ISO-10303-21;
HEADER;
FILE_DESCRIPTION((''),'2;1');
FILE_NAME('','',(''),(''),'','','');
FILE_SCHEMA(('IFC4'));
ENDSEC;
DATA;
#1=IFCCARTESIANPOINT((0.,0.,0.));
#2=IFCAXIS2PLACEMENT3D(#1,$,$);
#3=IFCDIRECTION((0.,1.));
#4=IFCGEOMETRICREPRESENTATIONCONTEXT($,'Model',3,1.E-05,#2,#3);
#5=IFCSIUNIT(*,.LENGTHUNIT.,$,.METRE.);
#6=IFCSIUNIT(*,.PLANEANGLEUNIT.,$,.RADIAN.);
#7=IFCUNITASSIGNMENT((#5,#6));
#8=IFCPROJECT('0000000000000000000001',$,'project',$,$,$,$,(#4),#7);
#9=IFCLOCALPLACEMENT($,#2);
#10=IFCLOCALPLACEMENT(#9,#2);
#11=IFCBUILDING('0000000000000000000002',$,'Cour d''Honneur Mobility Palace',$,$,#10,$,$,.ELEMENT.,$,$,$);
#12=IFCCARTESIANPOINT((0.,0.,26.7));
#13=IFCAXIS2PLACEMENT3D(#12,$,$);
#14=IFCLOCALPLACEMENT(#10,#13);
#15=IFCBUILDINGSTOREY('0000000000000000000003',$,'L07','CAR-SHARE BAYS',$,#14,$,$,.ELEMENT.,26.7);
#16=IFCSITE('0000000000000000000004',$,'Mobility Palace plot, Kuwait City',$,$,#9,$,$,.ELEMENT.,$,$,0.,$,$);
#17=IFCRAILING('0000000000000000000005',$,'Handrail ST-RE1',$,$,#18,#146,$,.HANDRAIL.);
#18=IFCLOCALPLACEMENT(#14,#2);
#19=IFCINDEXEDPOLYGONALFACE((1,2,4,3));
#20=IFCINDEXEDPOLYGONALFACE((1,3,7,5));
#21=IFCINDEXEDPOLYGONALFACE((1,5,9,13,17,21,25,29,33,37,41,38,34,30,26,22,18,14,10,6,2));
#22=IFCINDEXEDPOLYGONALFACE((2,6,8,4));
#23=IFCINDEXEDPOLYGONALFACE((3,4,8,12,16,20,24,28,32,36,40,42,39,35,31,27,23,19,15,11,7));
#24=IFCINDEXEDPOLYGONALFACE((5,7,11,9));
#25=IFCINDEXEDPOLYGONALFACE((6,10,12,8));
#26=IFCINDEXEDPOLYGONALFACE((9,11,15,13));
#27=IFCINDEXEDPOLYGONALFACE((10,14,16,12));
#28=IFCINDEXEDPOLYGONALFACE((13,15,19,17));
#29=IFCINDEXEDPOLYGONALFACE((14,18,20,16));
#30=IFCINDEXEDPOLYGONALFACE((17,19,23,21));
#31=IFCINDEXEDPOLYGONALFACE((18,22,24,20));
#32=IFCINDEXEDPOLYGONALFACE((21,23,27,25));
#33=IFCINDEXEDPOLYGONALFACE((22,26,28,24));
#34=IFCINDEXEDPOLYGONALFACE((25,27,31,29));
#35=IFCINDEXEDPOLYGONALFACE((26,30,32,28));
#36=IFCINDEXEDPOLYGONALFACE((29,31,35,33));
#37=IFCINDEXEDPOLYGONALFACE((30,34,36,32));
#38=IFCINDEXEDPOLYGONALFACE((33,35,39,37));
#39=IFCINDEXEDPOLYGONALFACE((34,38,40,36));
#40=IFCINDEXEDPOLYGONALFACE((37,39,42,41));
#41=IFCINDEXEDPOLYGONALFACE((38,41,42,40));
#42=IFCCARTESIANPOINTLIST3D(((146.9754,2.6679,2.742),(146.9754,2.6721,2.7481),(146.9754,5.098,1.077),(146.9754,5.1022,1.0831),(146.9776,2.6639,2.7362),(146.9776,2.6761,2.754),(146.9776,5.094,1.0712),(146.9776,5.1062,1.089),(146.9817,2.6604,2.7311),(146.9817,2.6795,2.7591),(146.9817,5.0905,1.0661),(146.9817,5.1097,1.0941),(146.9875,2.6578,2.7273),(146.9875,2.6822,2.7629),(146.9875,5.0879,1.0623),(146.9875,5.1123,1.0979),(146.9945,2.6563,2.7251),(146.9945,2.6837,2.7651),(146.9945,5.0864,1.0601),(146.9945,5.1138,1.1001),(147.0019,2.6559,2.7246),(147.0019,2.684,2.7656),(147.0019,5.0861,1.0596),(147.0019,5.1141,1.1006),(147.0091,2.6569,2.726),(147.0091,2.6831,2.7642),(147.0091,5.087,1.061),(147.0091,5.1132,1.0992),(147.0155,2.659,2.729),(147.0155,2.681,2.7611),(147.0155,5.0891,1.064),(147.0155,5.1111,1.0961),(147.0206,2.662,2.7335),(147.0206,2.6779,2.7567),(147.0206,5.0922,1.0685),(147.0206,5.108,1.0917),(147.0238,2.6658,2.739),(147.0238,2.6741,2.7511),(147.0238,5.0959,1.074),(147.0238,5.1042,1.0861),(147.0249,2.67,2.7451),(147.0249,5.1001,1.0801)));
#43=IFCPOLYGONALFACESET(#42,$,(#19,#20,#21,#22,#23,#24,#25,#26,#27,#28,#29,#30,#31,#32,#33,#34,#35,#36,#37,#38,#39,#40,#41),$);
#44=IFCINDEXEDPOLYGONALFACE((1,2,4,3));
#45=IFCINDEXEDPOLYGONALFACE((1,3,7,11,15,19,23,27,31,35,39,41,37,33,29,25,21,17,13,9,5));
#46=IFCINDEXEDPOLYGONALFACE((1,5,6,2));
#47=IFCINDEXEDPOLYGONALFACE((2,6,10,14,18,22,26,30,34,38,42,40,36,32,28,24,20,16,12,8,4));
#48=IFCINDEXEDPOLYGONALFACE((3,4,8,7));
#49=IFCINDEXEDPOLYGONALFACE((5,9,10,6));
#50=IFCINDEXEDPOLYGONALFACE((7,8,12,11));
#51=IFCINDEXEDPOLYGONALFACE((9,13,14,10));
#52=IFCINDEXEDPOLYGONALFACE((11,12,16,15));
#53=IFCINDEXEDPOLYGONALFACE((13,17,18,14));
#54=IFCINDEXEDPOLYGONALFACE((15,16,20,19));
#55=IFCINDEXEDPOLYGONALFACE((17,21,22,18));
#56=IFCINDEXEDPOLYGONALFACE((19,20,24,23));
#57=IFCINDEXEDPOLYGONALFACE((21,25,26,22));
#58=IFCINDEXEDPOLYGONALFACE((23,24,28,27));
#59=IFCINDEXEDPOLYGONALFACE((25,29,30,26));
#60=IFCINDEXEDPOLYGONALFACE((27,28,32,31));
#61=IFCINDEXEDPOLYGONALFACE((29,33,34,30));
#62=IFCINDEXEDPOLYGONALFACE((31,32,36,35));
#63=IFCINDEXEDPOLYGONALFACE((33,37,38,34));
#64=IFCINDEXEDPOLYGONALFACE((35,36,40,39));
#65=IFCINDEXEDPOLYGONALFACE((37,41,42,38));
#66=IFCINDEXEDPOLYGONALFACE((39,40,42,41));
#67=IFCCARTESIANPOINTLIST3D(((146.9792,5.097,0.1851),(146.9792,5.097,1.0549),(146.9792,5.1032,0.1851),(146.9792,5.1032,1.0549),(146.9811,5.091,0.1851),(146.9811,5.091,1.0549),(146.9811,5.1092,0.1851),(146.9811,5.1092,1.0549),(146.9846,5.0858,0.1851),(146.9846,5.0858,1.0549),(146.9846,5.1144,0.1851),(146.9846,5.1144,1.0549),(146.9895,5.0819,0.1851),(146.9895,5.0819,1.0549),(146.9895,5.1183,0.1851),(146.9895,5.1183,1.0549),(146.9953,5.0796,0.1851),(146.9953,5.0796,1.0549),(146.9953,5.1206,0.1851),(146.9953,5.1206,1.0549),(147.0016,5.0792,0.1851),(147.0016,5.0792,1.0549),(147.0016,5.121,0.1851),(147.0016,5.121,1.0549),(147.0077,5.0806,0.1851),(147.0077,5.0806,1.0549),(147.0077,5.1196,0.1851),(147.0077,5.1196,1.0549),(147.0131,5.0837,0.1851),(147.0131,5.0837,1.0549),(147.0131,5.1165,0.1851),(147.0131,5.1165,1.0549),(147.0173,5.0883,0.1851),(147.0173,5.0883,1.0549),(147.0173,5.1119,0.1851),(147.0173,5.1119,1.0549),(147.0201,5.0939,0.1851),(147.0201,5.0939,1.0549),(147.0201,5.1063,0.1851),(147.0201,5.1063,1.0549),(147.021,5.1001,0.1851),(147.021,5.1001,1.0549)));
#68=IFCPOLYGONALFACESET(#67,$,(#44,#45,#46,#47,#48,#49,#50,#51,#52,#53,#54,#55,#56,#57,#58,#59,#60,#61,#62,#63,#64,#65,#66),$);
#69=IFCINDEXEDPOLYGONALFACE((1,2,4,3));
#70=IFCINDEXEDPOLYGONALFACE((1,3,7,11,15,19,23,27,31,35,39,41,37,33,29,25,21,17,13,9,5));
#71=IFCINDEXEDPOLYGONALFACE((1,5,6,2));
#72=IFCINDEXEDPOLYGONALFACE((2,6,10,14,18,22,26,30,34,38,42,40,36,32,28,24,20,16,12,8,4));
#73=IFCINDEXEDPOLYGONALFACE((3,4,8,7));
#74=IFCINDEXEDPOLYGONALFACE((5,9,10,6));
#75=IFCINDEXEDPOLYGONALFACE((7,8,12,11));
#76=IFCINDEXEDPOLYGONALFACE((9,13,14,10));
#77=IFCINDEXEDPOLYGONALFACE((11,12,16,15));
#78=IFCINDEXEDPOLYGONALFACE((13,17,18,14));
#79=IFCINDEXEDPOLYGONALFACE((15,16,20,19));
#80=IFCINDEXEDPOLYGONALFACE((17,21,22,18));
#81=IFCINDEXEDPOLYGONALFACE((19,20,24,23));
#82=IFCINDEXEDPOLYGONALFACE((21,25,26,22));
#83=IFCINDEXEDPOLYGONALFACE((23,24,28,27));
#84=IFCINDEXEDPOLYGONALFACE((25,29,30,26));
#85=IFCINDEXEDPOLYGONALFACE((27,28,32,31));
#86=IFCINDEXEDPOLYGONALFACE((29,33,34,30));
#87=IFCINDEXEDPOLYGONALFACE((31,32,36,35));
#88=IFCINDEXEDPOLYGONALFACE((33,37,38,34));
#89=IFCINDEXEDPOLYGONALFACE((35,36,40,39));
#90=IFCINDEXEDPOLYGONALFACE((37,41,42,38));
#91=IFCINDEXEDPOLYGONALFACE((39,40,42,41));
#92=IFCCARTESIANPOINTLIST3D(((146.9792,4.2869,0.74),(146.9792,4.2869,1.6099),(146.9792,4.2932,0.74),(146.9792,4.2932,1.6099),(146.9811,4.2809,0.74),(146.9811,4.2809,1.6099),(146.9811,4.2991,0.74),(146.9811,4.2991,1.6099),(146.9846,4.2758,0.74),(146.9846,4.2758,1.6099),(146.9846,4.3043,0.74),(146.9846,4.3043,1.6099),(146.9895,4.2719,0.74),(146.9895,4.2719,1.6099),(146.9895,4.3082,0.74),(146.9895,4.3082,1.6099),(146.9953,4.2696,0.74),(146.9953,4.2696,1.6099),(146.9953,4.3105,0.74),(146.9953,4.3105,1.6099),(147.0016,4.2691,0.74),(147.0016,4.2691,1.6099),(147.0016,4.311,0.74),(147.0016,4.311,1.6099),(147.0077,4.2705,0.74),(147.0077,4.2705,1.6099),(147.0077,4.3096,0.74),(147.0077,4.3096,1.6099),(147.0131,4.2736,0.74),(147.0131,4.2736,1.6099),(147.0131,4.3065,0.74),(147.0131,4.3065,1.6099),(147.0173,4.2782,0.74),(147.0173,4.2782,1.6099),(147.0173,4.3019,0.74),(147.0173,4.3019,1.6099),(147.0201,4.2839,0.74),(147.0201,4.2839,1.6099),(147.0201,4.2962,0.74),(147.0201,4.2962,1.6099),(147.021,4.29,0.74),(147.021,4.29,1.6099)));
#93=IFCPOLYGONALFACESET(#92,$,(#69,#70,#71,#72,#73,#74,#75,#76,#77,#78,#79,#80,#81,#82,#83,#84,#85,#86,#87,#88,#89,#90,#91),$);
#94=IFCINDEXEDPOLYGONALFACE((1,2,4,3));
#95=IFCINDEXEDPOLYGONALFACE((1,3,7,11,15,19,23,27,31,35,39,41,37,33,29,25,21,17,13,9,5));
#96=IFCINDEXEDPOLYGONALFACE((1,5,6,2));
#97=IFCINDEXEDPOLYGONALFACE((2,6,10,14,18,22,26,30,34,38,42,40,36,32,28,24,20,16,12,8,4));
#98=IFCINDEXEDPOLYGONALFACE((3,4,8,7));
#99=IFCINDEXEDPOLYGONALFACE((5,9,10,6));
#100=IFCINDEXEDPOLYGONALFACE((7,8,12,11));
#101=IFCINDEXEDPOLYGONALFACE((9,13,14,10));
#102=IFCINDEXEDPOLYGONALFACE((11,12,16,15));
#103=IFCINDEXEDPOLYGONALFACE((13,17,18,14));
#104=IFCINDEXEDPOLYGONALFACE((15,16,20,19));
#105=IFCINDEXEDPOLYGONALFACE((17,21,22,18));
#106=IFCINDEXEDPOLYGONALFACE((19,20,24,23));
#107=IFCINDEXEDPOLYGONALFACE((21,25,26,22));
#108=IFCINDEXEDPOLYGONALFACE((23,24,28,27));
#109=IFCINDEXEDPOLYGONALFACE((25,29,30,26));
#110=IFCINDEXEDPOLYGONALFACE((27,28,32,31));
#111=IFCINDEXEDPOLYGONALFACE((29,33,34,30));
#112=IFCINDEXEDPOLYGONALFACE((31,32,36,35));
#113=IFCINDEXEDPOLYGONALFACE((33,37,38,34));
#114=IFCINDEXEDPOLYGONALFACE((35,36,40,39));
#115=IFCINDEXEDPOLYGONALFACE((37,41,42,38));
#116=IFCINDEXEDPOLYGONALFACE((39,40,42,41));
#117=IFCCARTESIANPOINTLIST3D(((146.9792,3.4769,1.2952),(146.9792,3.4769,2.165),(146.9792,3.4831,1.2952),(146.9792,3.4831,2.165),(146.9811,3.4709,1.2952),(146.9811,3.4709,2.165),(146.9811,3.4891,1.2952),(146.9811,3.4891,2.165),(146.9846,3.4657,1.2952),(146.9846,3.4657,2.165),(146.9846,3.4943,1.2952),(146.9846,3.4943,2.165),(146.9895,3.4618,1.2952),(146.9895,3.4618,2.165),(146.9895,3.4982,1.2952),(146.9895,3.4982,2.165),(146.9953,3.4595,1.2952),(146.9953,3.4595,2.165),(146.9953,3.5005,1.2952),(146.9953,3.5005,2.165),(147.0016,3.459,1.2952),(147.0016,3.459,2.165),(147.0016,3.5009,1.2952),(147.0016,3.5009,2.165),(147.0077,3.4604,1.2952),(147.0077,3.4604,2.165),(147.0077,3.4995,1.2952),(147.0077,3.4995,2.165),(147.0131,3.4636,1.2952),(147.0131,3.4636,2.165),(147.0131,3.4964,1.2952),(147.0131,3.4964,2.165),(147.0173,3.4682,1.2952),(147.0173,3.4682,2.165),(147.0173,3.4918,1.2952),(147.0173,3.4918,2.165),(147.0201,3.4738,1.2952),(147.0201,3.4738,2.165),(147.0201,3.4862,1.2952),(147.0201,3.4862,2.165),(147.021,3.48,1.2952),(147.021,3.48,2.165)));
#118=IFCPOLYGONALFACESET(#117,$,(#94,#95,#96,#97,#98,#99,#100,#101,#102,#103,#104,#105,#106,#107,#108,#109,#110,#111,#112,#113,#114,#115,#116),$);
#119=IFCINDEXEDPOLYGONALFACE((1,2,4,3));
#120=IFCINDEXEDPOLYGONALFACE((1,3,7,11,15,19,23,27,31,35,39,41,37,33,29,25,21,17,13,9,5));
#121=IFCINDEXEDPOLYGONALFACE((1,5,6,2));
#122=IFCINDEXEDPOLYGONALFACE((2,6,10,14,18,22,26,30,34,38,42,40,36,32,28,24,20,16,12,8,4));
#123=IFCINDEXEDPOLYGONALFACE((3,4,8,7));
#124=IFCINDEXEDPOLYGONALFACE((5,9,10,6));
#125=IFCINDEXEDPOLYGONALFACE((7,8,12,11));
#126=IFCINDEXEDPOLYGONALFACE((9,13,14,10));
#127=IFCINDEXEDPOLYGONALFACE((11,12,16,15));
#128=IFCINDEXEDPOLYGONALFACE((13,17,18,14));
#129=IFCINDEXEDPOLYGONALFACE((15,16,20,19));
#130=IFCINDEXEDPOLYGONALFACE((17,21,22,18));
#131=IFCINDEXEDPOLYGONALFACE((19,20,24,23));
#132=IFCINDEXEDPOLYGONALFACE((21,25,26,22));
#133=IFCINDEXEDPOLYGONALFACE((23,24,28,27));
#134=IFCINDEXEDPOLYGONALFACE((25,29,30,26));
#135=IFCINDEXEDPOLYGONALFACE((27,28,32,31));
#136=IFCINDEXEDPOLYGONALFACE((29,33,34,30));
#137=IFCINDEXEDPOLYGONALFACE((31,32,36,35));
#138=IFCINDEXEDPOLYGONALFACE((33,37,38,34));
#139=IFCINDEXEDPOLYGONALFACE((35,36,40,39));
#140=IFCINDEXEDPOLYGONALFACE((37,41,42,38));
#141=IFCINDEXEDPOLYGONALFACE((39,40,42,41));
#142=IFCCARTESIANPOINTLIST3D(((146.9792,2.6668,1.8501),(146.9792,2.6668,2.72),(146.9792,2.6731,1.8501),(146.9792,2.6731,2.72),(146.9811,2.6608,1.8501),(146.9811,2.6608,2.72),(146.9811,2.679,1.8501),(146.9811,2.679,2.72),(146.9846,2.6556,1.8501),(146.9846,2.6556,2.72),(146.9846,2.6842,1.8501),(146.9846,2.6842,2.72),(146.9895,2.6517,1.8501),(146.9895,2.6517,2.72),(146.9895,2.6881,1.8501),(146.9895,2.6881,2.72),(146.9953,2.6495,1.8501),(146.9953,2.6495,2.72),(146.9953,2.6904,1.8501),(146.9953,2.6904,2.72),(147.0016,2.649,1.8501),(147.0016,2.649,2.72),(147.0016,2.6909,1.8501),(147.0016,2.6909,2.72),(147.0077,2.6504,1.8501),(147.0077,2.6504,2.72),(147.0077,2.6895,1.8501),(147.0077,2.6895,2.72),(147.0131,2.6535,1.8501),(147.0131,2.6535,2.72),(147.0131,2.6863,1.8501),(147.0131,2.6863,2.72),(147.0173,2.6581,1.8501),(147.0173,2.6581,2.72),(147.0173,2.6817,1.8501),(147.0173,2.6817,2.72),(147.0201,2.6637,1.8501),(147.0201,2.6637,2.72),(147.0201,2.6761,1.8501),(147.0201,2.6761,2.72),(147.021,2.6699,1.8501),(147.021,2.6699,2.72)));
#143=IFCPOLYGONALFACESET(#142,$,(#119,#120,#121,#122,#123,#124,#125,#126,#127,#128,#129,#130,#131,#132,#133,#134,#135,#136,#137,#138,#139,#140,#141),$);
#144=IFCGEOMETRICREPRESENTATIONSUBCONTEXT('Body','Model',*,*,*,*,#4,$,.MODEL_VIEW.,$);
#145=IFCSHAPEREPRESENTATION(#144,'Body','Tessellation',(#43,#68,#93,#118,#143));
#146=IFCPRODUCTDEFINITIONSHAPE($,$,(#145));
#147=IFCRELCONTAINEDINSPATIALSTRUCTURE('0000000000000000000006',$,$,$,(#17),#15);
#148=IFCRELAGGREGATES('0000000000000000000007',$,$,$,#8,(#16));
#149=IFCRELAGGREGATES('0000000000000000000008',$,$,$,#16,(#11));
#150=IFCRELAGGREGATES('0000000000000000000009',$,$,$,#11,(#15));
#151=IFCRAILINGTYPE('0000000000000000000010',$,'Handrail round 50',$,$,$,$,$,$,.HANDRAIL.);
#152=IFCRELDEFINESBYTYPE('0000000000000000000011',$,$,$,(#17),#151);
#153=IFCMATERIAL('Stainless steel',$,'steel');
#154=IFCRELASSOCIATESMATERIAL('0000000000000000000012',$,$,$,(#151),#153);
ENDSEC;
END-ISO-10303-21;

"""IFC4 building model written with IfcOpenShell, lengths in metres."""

from ifc_helpers import new_model, si_unit, direction, frame, origin, origin_2d, place, context, subcontext, project, spatial, circle, extrude, material, type_object, element, save


model = new_model("IFC4")

# Units and contexts
model_context = context("Model", 3, precision=1e-05, world=origin(), true_north=direction((0.0, 1.0)))
body_context = subcontext(model_context, "Body", "Model", "MODEL_VIEW")
ifc_project = project(units=[si_unit("LENGTHUNIT", "METRE"), si_unit("PLANEANGLEUNIT", "RADIAN")], contexts=[model_context])

# Site, building, storey
site_placement = place(None, origin())
site = spatial("IfcSite", under=ifc_project, at=site_placement, Name="Mobility Palace plot, Kuwait City", CompositionType="ELEMENT", RefElevation=0.0)
building_placement = place(site_placement, origin())
building = spatial("IfcBuilding", under=site, at=building_placement, Name="Cour d'Honneur Mobility Palace", CompositionType="ELEMENT")
storey_placement = place(building_placement, frame((0.0, 0.0, 26.7)))
storey = spatial("IfcBuildingStorey", under=building, at=storey_placement, Name="L07", Description="CAR-SHARE BAYS", CompositionType="ELEMENT", Elevation=26.7)

# Railing
ifc_material_1 = material(Name="Stainless steel", Category="steel")
railing_type_1 = type_object("IfcRailingType", Name="Handrail round 50", PredefinedType="HANDRAIL", material=ifc_material_1)
for number, where, name in (
    (1, (147.0, 5.1001, 0.1851), "Handrail ST-RE1"),
):
    element("IfcRailing", number, at=place(storey_placement, frame(where)), inside=storey, type_object=railing_type_1, Name=name, PredefinedType="HANDRAIL", context=body_context, shape_type="SweptSolid", body=[
        extrude(circle(Radius=0.0249, at=origin_2d()), frame((0.0, 0.0, 0.895), z_axis=(0.0, -0.824945, 0.565213), x_axis=(1.0, 0.0, 0.0)), (0.0, 0.0, 1.0), 2.9458),
        extrude(circle(Radius=0.021, at=origin_2d()), origin(), (0.0, 0.0, 1.0), 0.8699),
        extrude(circle(Radius=0.021, at=origin_2d()), frame((0.0, -0.8101, 0.5549)), (0.0, 0.0, 1.0), 0.8699),
        extrude(circle(Radius=0.021, at=origin_2d()), frame((0.0, -1.6201, 1.1101)), (0.0, 0.0, 1.0), 0.8699),
        extrude(circle(Radius=0.021, at=origin_2d()), frame((0.0, -2.4302, 1.665)), (0.0, 0.0, 1.0), 0.8699),
    ])

save(model, "model.ifc")
